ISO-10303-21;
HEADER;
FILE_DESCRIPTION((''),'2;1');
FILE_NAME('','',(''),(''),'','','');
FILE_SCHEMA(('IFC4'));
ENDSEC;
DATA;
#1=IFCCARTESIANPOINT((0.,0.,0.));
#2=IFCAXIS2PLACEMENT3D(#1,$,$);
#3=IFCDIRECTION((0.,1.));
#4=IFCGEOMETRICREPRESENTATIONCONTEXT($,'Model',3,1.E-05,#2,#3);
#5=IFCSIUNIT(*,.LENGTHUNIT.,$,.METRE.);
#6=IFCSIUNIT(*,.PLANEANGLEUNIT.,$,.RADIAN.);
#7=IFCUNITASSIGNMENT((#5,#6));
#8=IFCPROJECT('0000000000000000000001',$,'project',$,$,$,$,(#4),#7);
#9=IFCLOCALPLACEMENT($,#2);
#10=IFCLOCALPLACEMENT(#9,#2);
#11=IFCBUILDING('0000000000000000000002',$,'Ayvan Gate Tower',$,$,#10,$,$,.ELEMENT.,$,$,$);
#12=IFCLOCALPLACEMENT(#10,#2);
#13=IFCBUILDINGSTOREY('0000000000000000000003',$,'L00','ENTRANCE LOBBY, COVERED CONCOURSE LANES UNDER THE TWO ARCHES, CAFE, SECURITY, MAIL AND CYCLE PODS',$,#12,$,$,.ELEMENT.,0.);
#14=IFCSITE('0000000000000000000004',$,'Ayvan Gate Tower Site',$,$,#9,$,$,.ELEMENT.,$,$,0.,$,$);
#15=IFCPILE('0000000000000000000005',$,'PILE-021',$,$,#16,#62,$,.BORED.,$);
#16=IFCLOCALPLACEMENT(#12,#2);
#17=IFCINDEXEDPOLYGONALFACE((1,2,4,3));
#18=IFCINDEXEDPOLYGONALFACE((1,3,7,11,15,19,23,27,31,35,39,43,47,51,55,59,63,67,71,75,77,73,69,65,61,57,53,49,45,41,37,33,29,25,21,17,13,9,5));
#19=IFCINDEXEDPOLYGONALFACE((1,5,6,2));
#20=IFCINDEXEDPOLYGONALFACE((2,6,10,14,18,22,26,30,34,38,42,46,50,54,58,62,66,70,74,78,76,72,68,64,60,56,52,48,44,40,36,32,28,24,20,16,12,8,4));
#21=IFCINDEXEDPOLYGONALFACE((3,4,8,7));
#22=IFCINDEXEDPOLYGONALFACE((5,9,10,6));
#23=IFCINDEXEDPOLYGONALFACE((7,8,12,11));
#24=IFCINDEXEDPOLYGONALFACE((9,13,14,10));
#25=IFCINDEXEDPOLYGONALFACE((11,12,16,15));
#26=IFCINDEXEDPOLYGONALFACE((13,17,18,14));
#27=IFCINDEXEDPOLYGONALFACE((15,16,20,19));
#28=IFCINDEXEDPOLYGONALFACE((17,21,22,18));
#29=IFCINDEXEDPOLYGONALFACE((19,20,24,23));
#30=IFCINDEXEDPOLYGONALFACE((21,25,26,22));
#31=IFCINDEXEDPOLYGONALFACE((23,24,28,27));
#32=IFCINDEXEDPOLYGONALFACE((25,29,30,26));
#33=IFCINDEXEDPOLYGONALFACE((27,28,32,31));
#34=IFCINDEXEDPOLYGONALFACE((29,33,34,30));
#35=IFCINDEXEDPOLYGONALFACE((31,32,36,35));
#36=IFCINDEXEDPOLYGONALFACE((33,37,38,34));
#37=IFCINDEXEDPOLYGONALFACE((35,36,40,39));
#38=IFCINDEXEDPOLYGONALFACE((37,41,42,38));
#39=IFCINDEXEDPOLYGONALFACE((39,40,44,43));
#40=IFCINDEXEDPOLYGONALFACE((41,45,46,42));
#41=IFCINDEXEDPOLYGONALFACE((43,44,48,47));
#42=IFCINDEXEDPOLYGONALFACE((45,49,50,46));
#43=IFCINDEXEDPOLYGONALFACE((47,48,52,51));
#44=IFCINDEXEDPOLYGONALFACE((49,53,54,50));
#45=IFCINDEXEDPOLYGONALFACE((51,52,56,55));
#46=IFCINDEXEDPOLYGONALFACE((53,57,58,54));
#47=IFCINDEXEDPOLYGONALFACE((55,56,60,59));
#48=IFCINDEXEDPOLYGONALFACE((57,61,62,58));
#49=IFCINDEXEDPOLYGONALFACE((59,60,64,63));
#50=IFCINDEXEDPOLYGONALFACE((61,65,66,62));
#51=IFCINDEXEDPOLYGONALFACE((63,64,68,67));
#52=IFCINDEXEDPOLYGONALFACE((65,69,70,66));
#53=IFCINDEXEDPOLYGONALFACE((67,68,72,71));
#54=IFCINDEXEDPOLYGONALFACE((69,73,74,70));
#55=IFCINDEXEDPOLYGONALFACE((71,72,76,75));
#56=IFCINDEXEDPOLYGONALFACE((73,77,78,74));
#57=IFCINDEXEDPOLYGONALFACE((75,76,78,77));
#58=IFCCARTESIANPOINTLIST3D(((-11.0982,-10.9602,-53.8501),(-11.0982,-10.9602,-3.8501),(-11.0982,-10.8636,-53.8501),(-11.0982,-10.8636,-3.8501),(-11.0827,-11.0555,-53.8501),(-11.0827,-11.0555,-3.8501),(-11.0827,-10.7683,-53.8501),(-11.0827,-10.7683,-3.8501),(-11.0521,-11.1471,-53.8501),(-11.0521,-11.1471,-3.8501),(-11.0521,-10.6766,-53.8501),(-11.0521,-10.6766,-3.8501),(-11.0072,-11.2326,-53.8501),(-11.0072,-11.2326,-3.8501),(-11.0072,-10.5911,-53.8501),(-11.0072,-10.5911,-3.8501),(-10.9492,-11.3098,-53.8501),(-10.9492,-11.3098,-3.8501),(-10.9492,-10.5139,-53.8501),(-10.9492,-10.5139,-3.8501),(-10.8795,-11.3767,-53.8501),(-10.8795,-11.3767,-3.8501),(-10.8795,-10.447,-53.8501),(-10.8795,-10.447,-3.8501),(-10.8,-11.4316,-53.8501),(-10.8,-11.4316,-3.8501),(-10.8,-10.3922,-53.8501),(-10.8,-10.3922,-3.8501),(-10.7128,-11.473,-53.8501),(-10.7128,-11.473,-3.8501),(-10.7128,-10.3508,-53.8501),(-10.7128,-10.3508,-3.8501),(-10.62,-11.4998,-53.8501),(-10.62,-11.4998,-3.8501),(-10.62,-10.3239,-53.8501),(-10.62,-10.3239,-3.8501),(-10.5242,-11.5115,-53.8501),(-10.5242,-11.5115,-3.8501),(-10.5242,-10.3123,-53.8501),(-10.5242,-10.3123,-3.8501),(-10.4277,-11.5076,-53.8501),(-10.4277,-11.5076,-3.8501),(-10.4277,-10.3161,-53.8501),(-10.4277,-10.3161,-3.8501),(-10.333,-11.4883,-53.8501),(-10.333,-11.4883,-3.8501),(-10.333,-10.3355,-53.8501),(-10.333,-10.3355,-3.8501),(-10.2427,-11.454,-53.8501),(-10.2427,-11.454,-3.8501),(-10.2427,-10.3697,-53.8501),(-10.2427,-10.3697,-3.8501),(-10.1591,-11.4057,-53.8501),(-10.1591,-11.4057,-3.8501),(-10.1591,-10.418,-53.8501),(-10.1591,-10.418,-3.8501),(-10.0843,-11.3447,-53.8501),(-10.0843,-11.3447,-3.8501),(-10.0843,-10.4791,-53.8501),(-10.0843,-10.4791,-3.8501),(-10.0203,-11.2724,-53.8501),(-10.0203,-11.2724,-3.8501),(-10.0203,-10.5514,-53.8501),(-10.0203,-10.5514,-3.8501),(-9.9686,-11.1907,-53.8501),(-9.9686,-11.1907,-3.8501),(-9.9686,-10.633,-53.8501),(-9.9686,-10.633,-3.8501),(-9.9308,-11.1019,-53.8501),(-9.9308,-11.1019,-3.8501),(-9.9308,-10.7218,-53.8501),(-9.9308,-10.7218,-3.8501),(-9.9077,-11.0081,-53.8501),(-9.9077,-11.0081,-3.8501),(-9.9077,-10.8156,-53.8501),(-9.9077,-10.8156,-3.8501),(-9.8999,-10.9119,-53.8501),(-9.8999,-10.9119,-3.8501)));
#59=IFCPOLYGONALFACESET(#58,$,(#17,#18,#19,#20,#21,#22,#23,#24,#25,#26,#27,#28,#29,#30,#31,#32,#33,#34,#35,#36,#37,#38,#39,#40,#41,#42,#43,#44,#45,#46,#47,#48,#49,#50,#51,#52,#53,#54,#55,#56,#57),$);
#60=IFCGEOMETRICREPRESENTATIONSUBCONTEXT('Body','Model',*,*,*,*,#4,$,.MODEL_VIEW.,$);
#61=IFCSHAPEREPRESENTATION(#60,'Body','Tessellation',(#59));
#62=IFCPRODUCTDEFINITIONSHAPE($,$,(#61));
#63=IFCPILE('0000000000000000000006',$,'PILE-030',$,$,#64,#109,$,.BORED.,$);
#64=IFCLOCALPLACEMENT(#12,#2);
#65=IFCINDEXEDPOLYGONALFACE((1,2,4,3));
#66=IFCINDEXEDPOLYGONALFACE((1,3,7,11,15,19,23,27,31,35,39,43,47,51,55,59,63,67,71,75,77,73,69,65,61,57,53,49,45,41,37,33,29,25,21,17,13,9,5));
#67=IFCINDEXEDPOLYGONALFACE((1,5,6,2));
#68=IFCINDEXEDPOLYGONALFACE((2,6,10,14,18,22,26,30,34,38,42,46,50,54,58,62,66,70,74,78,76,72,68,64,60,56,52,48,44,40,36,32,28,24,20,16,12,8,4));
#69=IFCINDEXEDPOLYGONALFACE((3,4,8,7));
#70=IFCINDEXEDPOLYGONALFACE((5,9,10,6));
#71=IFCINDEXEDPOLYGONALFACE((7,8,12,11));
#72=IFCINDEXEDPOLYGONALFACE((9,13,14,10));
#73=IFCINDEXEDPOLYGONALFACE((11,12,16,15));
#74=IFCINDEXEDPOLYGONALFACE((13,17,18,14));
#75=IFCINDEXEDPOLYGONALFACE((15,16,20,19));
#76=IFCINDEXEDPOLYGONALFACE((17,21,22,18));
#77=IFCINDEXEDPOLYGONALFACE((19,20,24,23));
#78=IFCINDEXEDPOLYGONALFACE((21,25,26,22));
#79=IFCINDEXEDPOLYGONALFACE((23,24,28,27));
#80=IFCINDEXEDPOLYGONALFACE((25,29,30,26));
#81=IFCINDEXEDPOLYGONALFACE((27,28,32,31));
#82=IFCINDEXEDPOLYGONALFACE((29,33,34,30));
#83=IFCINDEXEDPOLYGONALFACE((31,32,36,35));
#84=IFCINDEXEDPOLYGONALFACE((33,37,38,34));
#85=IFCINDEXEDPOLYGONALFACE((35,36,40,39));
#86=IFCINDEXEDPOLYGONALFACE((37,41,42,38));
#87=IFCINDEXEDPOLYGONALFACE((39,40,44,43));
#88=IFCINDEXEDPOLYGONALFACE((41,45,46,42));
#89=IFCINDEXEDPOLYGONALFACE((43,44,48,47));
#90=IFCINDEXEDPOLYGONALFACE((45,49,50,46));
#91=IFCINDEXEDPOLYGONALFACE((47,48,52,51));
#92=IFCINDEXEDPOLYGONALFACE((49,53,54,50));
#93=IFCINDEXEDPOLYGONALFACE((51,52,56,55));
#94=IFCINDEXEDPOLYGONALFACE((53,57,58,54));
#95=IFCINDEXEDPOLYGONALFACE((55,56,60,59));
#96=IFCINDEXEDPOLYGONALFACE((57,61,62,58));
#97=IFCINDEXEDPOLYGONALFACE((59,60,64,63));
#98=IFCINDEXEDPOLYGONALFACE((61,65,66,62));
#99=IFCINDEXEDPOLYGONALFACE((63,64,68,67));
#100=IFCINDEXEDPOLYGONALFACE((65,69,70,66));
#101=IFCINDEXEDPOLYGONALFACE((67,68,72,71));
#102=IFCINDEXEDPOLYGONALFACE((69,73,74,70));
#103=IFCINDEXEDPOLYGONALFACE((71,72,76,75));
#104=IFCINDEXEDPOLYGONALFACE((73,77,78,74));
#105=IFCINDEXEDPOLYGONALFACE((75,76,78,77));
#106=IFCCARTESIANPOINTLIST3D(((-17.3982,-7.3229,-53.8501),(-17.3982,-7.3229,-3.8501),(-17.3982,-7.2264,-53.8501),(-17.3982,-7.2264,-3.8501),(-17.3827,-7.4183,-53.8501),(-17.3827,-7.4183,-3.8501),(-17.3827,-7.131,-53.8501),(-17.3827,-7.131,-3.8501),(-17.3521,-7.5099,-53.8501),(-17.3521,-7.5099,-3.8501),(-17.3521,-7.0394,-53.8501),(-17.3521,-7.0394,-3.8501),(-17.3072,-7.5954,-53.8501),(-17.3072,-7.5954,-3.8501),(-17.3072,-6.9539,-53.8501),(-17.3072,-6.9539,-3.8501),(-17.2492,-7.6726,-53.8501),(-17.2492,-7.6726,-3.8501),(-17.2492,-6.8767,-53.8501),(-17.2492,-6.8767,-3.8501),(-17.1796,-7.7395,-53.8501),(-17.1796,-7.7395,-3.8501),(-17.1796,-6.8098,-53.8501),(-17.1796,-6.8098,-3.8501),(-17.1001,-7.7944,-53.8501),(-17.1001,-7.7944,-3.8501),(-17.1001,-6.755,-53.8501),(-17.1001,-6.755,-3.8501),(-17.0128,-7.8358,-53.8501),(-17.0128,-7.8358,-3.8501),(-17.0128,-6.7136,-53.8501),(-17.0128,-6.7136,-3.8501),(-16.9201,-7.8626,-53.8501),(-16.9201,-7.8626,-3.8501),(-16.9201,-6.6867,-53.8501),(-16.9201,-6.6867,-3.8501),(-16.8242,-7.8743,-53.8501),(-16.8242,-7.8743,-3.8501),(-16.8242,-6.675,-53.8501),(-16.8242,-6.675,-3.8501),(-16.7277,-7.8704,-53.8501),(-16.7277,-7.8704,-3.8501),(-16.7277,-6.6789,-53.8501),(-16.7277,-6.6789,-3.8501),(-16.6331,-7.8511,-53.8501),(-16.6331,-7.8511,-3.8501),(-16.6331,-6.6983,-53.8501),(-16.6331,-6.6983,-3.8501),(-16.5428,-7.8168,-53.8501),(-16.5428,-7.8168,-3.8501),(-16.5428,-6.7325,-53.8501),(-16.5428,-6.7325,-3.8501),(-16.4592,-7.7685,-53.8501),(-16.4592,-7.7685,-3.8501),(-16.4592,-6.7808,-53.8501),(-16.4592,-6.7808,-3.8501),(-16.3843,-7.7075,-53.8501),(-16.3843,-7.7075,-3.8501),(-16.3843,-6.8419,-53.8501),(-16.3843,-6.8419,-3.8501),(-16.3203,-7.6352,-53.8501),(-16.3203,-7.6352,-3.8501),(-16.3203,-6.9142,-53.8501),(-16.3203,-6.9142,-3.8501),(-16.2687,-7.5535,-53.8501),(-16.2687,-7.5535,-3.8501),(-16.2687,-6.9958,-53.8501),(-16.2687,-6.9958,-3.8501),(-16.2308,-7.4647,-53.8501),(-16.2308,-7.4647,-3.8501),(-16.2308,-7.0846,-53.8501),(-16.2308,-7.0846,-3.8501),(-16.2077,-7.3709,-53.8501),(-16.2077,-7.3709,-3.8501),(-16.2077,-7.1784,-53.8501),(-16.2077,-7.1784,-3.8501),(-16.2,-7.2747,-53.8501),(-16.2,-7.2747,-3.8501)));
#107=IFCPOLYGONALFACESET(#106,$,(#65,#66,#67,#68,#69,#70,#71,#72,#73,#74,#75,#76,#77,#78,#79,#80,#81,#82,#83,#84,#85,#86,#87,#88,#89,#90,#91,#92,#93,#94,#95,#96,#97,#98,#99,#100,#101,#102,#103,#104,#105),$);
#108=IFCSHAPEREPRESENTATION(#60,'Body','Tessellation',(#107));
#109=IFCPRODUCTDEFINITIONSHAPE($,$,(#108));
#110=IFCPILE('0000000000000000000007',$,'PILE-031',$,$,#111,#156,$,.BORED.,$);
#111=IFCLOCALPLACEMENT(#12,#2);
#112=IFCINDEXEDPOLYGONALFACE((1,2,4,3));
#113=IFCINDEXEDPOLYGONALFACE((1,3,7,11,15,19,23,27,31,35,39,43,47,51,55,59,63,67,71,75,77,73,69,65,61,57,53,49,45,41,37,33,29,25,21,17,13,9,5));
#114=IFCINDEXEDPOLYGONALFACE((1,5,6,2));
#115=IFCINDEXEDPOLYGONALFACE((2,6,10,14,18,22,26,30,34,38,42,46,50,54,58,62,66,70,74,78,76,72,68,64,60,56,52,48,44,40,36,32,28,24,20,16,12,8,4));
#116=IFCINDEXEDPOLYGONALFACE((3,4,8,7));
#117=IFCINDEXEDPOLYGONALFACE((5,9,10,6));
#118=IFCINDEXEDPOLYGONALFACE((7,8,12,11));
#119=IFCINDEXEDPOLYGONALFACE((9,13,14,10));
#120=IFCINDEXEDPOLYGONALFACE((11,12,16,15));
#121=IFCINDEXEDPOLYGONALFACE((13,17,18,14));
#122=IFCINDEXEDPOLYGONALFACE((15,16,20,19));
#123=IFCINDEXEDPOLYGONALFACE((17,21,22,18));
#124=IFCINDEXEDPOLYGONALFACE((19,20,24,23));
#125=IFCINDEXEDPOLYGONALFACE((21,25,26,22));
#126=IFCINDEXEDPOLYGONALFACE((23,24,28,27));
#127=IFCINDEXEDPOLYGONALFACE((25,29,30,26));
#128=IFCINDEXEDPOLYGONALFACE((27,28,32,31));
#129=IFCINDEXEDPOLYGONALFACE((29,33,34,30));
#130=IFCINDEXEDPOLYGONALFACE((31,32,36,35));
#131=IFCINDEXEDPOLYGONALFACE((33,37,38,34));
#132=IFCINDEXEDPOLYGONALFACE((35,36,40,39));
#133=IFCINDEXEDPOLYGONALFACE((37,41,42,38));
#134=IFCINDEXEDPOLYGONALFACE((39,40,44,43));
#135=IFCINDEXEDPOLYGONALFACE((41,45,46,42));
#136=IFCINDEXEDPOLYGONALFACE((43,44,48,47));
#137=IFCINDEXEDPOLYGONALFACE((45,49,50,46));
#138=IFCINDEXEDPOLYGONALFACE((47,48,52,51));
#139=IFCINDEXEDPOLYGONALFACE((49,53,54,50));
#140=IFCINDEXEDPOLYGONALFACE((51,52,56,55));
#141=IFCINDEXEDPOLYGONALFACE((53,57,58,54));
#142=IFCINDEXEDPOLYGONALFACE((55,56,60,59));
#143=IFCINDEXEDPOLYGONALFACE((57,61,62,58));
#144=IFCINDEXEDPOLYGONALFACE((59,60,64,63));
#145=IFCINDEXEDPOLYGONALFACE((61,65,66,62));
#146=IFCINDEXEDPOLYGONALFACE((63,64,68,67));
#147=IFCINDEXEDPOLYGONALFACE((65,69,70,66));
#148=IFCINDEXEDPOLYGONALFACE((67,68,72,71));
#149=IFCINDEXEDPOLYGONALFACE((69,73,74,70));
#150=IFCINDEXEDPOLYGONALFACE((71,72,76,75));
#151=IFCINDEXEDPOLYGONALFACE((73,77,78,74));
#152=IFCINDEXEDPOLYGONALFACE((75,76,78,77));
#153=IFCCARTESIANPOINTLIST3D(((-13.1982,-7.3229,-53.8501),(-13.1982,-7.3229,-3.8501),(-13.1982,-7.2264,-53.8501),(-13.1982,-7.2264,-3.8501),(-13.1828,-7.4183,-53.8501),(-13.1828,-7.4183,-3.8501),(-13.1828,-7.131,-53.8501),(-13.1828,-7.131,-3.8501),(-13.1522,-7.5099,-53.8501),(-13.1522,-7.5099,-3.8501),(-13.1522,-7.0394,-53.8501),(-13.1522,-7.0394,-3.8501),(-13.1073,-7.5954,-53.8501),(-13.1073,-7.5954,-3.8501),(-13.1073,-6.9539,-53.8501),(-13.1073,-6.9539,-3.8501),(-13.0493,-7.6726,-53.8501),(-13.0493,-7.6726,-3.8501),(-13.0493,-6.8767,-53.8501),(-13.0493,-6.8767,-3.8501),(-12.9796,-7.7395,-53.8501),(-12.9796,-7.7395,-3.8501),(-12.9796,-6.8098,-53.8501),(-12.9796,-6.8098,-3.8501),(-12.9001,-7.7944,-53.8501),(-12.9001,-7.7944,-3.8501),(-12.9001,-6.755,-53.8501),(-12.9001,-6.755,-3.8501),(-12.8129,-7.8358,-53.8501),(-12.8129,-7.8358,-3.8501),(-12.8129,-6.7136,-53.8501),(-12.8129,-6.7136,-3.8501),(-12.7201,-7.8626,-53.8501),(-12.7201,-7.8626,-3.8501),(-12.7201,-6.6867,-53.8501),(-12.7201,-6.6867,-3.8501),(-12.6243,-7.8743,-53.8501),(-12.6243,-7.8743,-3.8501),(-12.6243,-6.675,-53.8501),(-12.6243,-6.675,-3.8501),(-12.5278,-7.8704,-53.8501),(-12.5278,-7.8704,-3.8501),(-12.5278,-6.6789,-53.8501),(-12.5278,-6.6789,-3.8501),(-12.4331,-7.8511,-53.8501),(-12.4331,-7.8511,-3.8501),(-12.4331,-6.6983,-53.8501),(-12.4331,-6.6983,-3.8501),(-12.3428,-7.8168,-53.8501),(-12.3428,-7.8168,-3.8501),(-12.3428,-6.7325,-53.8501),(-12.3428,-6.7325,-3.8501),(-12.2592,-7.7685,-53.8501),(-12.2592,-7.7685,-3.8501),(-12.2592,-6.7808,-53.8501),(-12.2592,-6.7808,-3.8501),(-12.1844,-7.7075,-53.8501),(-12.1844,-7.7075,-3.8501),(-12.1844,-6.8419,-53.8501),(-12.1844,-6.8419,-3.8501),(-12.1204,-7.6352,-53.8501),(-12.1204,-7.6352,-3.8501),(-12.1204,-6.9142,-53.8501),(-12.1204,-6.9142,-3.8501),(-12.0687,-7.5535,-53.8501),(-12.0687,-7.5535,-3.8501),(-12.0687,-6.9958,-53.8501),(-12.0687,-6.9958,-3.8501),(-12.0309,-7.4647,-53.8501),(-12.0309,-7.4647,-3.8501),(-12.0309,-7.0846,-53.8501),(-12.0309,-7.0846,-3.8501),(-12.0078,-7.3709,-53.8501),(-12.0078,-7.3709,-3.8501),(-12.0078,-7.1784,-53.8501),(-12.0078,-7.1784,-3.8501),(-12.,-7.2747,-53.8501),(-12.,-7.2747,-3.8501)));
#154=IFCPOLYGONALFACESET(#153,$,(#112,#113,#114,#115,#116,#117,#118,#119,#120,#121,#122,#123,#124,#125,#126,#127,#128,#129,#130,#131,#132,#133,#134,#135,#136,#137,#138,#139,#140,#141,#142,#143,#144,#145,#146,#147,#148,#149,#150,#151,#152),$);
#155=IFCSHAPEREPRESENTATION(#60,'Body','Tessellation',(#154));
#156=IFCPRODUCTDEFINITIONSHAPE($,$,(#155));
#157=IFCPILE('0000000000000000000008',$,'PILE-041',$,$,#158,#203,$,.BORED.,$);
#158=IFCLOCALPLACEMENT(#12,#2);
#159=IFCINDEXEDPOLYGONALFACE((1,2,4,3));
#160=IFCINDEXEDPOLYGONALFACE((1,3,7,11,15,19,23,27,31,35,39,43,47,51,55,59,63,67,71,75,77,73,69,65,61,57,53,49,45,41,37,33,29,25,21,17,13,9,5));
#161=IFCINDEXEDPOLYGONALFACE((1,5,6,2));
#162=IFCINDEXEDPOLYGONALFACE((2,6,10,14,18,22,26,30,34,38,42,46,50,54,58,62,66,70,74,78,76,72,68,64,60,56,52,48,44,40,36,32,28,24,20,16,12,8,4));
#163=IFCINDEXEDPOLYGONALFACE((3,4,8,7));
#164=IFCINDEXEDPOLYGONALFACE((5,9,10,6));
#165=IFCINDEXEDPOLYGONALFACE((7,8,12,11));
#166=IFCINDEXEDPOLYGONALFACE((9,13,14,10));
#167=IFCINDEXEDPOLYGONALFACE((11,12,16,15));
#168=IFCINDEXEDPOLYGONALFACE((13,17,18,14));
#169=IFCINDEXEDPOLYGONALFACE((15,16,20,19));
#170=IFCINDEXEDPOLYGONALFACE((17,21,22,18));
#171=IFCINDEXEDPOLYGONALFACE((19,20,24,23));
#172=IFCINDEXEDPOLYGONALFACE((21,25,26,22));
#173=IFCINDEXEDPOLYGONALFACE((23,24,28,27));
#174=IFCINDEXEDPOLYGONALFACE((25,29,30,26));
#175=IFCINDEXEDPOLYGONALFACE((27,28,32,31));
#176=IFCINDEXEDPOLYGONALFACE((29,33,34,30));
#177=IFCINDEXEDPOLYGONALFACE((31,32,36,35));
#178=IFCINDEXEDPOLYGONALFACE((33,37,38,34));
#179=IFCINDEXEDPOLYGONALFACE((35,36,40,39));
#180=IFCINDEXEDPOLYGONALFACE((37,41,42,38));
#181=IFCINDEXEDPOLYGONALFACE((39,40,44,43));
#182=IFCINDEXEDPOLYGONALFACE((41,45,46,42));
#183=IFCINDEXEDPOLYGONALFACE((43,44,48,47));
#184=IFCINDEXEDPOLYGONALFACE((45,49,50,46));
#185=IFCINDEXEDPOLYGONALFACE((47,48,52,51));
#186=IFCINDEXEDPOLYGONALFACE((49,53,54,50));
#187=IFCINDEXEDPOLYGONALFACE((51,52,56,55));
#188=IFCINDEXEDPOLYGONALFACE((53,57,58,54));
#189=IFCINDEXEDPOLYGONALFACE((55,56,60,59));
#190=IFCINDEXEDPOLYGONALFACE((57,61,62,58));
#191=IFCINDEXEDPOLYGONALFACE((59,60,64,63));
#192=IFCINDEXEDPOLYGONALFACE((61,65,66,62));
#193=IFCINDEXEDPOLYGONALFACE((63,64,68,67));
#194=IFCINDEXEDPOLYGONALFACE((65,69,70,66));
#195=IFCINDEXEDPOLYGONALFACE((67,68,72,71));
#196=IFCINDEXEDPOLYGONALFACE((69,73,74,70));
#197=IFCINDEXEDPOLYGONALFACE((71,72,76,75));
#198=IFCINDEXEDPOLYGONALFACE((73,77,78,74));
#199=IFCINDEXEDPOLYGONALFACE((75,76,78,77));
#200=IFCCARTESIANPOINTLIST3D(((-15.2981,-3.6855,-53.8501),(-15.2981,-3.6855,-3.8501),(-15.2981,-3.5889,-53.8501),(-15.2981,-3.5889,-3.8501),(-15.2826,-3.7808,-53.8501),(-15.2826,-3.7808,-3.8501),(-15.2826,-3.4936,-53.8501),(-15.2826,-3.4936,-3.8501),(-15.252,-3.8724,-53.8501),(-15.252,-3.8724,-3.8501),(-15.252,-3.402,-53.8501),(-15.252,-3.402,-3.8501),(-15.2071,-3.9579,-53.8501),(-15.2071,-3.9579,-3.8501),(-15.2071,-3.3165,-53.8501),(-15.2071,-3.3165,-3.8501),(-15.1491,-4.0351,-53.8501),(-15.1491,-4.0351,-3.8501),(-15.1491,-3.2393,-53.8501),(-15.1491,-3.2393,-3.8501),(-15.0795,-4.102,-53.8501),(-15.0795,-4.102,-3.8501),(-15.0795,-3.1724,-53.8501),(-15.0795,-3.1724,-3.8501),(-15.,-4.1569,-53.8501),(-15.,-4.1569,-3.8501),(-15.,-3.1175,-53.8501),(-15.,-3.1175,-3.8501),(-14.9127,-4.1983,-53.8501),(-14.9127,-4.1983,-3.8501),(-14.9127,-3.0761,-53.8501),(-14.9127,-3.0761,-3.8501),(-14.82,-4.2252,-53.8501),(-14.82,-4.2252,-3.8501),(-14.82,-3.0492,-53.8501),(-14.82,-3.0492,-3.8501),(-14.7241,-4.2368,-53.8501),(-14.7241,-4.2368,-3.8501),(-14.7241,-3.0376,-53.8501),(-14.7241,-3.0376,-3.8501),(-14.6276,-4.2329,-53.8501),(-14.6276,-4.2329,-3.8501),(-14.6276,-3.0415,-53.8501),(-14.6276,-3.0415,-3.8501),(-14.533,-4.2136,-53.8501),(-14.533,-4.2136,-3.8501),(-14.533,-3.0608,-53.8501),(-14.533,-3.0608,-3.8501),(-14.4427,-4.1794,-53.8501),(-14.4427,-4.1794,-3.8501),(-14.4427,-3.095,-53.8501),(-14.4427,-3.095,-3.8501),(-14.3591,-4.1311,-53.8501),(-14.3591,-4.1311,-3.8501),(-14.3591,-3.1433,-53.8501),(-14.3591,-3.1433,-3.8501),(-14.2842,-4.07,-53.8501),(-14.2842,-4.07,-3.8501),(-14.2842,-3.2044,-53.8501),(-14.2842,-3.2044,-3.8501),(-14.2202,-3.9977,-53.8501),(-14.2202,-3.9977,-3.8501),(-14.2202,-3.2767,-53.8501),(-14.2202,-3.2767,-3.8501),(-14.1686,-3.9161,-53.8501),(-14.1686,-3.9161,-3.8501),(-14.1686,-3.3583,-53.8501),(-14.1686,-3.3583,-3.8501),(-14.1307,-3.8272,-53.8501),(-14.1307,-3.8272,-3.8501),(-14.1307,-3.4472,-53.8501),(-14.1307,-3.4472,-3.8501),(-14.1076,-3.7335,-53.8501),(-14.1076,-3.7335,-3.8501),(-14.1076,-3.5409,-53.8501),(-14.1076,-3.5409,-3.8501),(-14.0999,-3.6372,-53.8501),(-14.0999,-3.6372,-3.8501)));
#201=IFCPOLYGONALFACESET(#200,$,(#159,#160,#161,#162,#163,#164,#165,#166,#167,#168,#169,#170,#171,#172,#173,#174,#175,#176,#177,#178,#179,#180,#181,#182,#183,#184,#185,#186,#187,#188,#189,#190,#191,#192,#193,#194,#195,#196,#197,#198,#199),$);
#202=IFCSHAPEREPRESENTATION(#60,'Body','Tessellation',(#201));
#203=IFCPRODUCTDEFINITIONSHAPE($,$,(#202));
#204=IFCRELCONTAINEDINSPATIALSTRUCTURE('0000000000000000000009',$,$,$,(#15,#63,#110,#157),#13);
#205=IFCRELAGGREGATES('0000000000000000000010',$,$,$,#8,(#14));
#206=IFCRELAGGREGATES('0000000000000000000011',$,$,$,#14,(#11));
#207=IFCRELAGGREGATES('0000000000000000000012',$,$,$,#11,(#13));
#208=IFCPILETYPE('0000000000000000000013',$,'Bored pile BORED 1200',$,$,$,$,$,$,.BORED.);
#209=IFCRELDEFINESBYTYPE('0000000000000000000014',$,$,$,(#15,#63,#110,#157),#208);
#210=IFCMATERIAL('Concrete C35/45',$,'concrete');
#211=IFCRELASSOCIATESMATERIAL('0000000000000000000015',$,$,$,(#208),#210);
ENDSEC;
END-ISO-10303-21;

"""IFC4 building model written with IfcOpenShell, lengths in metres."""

from ifc_helpers import new_model, si_unit, direction, frame, origin, origin_2d, place, context, subcontext, project, spatial, circle, extrude, material, material_profile, profile_set, type_object, element, save


model = new_model("IFC4")

# Units and contexts
model_context = context("Model", 3, precision=1e-05, world=origin(), true_north=direction((0.0, 1.0)))
body_context = subcontext(model_context, "Body", "Model", "MODEL_VIEW")
ifc_project = project(units=[si_unit("LENGTHUNIT", "METRE"), si_unit("PLANEANGLEUNIT", "RADIAN")], contexts=[model_context])

# Site, building, storey
site_placement = place(None, origin())
site = spatial("IfcSite", under=ifc_project, at=site_placement, Name="Ayvan Gate Tower Site", CompositionType="ELEMENT", RefElevation=0.0)
building_placement = place(site_placement, origin())
building = spatial("IfcBuilding", under=site, at=building_placement, Name="Ayvan Gate Tower", CompositionType="ELEMENT")
storey_placement = place(building_placement, origin())
storey = spatial("IfcBuildingStorey", under=building, at=storey_placement, Name="L00", Description="ENTRANCE LOBBY, COVERED CONCOURSE LANES UNDER THE TWO ARCHES, CAFE, SECURITY, MAIL AND CYCLE PODS", CompositionType="ELEMENT", Elevation=0.0)

# Piles
ifc_material_1 = material(Name="Concrete C35/45", Category="concrete")
ifc_material_profile_1 = material_profile(ifc_material_1, circle(Radius=0.6001, at=origin_2d()), Name="BORED 1200")
ifc_profile_set_1 = profile_set([ifc_material_profile_1], Name="Concrete C35/45")
pile_type = type_object("IfcPileType", Name="Bored pile BORED 1200", PredefinedType="BORED", material=ifc_profile_set_1)
for number, where, z_axis, x_axis, name in (
    (1, (-10.5, -10.9119, -3.8501), (0.0, 0.0, -1.0), (1.0, 0.0, 0.0), "PILE-021"),
    (2, (-16.8, -7.2747, -3.8501), (0.0, 0.0, -1.0), (1.0, 0.0, 0.0), "PILE-030"),
    (3, (-12.6001, -7.2747, -3.8501), (0.0, 0.0, -1.0), (1.0, 0.0, 0.0), "PILE-031"),
    (4, (-14.7, -3.6372, -3.8501), (0.0, 0.0, -1.0), (1.0, 0.0, 0.0), "PILE-041"),
):
    element("IfcPile", number, at=place(storey_placement, frame(where, z_axis=z_axis, x_axis=x_axis)), inside=storey, type_object=pile_type, Name=name, PredefinedType="BORED", context=body_context, shape_type="SweptSolid", body=[
        extrude(circle(Radius=0.6001, at=origin_2d()), origin(), (0.0, 0.0, 1.0), 50.0),
    ])

save(model, "model.ifc")
